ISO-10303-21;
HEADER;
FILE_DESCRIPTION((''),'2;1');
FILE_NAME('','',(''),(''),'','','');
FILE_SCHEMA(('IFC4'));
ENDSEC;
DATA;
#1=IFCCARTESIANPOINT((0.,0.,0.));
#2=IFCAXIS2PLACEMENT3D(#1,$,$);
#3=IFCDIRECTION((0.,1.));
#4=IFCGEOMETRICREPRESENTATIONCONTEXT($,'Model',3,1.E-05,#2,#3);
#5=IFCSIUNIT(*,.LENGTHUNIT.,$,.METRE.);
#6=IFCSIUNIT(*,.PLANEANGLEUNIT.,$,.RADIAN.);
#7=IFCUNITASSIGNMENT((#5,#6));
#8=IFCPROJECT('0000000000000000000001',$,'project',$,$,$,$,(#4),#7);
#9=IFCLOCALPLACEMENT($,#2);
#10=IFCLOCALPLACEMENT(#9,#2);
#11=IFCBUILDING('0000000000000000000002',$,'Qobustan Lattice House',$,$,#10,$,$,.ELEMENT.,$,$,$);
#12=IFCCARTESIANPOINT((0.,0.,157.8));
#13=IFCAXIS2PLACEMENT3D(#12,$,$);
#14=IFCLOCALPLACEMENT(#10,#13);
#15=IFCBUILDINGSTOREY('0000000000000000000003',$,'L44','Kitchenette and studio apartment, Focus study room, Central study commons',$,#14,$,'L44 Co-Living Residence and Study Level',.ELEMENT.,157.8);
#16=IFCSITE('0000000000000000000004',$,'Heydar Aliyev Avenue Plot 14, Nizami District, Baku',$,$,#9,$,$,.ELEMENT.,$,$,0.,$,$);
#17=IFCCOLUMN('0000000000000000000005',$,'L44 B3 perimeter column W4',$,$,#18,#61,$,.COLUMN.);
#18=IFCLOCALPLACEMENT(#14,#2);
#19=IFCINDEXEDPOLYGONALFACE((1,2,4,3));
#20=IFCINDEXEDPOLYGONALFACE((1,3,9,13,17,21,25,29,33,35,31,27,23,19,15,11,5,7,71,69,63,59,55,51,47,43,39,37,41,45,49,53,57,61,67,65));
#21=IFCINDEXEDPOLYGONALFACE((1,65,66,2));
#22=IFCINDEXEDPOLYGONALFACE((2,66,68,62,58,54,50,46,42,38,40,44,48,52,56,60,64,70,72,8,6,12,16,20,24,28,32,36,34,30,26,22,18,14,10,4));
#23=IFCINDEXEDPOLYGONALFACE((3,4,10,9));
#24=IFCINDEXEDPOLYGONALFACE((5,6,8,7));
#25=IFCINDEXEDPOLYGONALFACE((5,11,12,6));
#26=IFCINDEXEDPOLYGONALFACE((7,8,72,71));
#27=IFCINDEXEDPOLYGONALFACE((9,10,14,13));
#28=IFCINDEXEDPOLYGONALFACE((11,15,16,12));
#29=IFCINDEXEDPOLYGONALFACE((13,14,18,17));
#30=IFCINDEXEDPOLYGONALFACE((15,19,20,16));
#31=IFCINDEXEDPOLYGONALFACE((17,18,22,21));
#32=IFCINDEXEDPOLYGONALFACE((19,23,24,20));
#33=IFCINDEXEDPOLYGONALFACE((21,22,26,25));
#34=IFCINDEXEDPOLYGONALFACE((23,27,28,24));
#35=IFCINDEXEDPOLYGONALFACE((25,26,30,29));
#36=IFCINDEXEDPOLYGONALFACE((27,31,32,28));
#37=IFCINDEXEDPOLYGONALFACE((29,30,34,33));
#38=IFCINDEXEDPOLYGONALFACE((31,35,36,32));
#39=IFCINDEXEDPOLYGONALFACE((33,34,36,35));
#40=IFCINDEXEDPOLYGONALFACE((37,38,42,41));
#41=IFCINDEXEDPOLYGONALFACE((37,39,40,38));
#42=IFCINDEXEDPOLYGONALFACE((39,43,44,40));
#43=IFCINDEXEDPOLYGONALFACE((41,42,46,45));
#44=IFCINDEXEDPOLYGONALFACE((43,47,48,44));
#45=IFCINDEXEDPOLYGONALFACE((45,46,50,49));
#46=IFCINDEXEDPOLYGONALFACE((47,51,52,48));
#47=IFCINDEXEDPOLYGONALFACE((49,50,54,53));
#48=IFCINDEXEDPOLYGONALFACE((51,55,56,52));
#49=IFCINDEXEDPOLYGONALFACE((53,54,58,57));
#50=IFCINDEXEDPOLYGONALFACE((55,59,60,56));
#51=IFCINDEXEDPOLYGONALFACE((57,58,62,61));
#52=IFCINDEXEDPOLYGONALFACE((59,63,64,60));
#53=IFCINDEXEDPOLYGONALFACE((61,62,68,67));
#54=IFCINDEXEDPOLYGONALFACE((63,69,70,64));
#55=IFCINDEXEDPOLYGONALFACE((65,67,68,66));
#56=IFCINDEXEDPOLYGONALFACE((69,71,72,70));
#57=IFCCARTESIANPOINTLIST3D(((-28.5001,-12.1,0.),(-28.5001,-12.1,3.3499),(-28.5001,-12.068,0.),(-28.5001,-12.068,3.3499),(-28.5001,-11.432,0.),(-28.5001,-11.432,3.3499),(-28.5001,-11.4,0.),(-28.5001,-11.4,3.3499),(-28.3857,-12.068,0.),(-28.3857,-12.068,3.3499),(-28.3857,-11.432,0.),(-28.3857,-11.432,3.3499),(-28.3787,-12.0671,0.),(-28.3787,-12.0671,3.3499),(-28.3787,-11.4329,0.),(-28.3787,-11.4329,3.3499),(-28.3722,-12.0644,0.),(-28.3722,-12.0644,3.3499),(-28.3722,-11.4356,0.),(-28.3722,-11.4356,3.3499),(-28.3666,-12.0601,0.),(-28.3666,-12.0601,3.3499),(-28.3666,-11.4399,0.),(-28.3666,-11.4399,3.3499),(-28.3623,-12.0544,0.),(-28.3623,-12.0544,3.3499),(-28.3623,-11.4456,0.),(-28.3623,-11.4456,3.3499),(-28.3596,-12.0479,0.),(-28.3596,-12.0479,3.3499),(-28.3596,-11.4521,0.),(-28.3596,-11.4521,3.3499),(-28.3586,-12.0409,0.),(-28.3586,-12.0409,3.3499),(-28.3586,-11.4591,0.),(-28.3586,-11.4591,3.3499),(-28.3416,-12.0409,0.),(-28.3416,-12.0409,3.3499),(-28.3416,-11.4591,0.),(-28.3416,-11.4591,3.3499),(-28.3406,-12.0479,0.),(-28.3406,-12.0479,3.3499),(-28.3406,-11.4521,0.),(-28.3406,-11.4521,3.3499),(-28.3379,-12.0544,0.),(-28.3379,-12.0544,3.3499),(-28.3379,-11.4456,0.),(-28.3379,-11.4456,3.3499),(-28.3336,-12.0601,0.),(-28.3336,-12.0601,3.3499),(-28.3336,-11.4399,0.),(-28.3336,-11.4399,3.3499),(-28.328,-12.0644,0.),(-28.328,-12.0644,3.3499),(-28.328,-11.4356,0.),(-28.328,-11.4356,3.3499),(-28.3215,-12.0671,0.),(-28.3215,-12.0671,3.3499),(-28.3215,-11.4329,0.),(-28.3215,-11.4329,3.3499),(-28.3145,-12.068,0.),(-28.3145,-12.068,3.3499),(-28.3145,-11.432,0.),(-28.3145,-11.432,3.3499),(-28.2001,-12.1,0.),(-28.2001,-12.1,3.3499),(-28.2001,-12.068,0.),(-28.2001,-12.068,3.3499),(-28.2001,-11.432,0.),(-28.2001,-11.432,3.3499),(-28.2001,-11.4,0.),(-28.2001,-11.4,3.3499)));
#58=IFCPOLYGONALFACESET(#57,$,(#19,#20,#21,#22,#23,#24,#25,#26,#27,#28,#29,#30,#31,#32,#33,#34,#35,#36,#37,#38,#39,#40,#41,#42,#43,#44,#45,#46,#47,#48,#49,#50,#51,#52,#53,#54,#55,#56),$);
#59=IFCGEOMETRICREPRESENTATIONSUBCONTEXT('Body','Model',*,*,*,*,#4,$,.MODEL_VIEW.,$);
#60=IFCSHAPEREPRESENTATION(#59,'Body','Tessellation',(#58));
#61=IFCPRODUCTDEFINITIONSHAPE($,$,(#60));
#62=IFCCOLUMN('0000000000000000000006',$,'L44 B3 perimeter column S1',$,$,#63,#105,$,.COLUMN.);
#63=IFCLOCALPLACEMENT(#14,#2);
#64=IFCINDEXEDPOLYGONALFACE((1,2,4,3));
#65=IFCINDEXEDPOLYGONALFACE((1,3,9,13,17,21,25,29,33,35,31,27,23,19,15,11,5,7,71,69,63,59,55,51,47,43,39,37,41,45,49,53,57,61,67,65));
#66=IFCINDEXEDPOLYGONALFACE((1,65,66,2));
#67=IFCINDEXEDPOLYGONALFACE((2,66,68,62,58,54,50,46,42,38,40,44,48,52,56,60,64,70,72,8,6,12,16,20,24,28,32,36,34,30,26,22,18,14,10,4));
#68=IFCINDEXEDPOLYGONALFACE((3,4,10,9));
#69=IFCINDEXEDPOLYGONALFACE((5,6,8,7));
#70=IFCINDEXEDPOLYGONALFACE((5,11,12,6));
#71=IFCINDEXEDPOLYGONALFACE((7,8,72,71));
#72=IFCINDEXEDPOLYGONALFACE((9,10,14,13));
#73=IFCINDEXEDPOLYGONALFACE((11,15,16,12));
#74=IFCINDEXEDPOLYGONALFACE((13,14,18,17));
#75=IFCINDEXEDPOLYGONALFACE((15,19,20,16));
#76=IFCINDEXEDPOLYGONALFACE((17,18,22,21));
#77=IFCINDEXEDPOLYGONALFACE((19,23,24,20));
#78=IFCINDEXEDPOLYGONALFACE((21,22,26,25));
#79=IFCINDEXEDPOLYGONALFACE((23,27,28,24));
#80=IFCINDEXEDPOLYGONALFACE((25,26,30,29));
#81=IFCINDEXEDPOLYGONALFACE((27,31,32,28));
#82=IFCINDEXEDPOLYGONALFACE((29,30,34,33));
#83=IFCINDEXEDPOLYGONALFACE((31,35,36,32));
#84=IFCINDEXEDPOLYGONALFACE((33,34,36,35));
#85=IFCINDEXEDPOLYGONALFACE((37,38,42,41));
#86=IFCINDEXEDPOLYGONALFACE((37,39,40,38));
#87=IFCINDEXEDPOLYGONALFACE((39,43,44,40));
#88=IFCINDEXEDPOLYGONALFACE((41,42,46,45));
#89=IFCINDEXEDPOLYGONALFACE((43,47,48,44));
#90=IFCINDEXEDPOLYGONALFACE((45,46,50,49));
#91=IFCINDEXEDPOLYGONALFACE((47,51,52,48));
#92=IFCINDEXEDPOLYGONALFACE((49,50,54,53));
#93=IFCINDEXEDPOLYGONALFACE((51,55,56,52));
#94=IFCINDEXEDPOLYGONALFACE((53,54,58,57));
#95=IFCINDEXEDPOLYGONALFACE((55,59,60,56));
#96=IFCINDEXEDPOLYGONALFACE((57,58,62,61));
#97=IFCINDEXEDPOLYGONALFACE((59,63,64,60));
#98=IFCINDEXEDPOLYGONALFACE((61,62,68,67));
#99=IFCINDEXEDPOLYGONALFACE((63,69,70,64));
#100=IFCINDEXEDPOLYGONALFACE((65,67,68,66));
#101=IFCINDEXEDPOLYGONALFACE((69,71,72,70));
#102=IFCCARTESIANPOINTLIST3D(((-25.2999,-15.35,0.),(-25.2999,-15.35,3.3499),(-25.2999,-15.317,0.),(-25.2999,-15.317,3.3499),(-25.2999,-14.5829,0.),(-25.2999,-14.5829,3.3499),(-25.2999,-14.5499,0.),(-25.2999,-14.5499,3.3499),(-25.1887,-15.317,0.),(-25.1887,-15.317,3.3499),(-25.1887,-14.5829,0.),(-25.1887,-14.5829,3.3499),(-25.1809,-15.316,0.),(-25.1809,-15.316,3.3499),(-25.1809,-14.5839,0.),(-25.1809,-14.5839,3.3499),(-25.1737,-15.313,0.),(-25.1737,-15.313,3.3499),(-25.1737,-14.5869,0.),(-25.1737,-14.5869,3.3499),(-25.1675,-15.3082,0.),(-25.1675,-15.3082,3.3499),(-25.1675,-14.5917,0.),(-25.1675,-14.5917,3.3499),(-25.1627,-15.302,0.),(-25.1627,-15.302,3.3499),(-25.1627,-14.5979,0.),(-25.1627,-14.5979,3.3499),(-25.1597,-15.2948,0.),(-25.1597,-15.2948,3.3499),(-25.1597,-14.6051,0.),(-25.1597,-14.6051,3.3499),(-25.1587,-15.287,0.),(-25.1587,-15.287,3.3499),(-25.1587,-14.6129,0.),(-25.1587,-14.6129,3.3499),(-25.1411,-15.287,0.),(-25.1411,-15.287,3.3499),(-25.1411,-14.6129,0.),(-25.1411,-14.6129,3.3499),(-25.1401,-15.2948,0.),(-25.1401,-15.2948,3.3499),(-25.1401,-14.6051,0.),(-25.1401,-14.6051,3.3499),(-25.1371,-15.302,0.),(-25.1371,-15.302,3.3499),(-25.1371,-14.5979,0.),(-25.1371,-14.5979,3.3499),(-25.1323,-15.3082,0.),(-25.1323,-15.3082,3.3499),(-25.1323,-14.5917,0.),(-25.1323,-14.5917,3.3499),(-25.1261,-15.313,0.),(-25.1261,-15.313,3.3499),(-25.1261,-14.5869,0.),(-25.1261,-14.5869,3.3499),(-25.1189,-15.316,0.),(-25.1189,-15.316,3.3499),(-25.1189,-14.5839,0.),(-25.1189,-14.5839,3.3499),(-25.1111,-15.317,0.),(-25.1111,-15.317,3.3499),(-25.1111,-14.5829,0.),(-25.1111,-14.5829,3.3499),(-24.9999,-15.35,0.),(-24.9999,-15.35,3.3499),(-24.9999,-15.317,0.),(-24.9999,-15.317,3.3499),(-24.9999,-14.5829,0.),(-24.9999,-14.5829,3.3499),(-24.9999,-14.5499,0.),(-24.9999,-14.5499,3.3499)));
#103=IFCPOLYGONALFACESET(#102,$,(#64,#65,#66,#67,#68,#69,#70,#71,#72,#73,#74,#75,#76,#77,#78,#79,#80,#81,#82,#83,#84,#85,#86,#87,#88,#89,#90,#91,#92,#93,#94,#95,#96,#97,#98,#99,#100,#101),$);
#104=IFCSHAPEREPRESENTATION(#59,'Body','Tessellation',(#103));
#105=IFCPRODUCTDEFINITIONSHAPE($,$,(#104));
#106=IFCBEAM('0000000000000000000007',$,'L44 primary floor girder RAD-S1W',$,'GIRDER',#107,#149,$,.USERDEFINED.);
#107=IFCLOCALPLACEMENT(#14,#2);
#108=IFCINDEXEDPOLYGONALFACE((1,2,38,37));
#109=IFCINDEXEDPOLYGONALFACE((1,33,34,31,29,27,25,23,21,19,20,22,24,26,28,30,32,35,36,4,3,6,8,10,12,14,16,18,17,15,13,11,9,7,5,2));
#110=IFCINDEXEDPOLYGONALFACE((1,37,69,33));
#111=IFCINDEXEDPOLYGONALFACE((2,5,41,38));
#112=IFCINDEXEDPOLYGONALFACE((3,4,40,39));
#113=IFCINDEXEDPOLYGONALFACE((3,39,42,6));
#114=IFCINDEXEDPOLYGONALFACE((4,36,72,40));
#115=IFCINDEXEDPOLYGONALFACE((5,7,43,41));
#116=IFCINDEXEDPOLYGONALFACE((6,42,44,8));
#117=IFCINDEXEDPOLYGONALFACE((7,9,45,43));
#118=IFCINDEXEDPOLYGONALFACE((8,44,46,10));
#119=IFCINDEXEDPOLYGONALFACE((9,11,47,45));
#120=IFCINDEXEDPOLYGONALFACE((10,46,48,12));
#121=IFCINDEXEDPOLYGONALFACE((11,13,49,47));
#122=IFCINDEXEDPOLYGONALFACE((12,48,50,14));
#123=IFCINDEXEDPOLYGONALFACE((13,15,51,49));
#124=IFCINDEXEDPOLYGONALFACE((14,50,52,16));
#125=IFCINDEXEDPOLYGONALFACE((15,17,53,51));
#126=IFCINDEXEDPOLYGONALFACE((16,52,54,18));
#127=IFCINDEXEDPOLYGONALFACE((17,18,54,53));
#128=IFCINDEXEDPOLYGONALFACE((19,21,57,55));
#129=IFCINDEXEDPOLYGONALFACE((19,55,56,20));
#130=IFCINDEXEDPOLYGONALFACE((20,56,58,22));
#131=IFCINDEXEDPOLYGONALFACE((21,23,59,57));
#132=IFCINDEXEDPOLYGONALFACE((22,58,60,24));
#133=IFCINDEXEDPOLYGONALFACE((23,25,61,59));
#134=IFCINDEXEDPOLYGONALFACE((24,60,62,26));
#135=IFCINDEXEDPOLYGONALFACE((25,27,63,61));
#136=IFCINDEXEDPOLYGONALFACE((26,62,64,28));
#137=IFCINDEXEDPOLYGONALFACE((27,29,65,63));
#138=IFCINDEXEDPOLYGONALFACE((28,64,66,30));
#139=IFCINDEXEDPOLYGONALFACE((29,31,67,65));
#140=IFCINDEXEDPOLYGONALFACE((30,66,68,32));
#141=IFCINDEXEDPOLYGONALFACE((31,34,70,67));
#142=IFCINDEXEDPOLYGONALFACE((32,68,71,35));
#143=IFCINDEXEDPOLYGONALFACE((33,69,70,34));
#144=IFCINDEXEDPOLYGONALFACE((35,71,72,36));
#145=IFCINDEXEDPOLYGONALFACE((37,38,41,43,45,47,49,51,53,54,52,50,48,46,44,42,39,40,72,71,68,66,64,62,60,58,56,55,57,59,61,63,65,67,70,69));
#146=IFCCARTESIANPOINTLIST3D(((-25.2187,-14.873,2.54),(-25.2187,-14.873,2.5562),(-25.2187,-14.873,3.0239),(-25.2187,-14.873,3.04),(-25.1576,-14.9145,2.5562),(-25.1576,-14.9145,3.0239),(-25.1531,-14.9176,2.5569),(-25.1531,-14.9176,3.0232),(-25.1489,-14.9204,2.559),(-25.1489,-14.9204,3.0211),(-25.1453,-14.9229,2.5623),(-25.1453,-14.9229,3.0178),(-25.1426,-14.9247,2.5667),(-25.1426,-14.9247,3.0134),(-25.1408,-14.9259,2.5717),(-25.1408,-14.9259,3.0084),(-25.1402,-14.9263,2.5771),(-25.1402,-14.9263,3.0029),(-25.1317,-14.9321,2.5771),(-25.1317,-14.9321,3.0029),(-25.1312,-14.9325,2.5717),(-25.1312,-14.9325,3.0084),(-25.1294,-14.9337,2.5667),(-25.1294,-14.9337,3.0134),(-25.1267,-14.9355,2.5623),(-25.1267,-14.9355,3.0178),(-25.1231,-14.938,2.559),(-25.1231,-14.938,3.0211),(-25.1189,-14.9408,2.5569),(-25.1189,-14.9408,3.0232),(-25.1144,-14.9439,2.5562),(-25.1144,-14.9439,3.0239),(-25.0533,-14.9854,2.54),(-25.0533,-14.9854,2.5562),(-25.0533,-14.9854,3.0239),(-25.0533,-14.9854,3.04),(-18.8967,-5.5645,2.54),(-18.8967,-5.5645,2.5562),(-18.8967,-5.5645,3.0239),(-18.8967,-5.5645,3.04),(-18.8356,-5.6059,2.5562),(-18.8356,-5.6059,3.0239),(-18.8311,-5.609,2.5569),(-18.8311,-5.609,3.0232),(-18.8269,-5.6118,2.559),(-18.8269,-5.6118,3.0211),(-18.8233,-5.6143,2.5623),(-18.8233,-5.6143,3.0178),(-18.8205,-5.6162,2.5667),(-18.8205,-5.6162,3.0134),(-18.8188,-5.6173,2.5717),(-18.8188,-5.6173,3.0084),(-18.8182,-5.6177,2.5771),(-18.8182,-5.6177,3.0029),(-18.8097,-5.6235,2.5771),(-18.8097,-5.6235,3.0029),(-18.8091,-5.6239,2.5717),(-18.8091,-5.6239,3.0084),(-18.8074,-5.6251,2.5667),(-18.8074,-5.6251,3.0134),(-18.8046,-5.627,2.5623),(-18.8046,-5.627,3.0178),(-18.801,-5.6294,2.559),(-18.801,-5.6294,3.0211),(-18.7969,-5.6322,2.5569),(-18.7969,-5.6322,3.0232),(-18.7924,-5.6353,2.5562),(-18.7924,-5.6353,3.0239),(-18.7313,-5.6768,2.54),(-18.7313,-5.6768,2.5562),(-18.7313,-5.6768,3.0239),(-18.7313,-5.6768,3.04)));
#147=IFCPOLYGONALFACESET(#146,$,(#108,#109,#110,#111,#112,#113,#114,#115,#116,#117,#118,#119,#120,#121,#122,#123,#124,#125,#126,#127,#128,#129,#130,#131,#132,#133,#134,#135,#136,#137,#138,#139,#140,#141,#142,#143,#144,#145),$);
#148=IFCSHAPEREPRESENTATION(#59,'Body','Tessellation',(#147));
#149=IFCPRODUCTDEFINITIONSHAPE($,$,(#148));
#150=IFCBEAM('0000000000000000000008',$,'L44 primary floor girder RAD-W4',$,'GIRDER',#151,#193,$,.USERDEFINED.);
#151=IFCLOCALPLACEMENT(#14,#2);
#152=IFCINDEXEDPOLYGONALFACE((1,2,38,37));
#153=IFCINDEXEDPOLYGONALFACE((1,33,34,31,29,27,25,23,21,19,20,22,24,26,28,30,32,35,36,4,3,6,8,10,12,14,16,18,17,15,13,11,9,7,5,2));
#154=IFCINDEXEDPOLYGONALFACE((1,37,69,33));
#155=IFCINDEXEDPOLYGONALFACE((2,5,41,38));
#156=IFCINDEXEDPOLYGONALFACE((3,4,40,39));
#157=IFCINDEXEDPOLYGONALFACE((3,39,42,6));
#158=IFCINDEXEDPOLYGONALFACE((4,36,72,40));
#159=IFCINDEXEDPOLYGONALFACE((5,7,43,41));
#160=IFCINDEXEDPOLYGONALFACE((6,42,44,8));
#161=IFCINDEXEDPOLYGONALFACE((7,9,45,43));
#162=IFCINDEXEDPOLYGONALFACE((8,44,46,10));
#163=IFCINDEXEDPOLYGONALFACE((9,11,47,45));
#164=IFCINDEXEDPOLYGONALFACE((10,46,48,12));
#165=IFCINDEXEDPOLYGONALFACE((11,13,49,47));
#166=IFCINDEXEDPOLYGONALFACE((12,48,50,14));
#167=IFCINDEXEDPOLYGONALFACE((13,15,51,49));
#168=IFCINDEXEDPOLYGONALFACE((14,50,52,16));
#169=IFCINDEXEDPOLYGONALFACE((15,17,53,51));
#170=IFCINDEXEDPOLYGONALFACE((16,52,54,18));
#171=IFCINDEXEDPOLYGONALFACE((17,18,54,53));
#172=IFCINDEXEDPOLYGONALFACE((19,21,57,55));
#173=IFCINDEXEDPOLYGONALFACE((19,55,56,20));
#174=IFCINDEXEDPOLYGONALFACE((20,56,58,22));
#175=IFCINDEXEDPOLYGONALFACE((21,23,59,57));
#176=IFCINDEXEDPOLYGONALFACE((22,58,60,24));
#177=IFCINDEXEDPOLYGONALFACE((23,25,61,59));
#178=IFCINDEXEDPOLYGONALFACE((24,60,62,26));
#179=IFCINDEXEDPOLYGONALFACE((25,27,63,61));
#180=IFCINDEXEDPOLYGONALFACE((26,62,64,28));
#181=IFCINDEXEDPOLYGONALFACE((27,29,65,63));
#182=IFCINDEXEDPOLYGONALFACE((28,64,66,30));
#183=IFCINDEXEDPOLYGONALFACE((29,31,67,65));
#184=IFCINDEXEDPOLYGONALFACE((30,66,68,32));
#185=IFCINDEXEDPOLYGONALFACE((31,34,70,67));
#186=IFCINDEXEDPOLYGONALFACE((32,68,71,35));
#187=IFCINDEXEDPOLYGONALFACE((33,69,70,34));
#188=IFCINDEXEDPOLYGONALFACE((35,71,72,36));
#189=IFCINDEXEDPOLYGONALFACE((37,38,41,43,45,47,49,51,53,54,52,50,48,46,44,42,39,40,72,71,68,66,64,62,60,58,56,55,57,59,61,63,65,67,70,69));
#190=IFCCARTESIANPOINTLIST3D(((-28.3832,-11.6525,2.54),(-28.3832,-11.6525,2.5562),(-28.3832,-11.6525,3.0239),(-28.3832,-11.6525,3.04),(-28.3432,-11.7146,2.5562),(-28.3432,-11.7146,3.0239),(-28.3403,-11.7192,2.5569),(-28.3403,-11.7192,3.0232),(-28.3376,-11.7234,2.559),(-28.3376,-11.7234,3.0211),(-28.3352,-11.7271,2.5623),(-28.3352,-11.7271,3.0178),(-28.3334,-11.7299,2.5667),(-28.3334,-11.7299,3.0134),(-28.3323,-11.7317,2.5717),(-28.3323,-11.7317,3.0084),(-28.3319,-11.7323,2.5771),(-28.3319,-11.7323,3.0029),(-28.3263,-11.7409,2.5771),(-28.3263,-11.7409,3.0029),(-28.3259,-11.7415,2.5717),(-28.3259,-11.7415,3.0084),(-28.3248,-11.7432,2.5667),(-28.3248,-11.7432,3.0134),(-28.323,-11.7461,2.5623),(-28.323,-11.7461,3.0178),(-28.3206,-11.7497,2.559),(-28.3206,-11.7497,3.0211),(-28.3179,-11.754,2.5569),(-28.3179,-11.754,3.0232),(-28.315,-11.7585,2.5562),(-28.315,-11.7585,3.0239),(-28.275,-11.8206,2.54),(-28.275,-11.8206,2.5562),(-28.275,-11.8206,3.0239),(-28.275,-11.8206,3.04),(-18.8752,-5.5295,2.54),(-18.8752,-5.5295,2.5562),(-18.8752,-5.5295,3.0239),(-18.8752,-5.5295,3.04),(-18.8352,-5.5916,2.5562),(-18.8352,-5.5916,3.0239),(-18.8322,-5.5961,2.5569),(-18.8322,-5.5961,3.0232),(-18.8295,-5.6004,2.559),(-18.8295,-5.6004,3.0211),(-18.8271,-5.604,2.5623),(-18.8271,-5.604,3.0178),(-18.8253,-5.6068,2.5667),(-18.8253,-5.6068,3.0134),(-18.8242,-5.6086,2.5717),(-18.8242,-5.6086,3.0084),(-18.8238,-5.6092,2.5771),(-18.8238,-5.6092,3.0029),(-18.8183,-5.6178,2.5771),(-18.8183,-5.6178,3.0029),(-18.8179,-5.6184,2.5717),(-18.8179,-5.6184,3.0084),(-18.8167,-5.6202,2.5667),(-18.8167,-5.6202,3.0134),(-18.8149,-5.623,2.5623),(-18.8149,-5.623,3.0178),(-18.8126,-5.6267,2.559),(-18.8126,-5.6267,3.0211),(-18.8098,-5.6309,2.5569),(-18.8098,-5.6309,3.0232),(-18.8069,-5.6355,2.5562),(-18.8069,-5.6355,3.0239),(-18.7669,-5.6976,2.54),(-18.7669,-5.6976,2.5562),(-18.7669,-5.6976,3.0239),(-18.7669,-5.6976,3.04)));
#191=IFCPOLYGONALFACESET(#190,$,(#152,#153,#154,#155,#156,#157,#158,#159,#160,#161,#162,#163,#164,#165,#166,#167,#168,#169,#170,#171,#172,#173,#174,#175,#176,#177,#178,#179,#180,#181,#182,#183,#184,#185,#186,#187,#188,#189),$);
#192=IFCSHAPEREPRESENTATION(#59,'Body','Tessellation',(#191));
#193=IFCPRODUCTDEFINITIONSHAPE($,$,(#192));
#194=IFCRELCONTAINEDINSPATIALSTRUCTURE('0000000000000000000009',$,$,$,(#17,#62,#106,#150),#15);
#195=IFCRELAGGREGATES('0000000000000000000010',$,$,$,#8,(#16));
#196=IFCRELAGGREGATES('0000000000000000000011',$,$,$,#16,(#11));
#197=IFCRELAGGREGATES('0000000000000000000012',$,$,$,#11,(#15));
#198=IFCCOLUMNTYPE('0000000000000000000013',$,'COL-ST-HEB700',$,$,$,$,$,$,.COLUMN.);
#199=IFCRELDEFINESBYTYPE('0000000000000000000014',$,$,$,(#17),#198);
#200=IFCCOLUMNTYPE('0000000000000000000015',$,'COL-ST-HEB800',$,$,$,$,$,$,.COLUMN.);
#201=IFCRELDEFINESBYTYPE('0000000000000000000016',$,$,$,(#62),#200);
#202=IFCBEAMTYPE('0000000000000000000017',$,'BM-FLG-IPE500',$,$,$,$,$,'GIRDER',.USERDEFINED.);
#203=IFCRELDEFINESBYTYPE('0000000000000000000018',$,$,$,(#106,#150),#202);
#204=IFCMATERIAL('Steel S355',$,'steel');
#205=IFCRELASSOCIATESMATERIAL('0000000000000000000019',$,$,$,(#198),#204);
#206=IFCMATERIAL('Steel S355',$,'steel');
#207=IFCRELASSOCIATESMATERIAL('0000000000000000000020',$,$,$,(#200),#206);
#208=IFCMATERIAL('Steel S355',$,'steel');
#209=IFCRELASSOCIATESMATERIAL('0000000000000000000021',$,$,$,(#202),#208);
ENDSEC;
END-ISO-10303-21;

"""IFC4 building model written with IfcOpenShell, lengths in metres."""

from ifc_helpers import new_model, si_unit, direction, frame, origin, origin_2d, place, context, subcontext, project, spatial, i_section, extrude, material, material_profile, profile_set, type_object, element, save


model = new_model("IFC4")

# Units and contexts
model_context = context("Model", 3, precision=1e-05, world=origin(), true_north=direction((0.0, 1.0)))
body_context = subcontext(model_context, "Body", "Model", "MODEL_VIEW")
ifc_project = project(units=[si_unit("LENGTHUNIT", "METRE"), si_unit("PLANEANGLEUNIT", "RADIAN")], contexts=[model_context])

# Site, building, storey
site_placement = place(None, origin())
site = spatial("IfcSite", under=ifc_project, at=site_placement, Name="Heydar Aliyev Avenue Plot 14, Nizami District, Baku", CompositionType="ELEMENT", RefElevation=0.0)
building_placement = place(site_placement, origin())
building = spatial("IfcBuilding", under=site, at=building_placement, Name="Qobustan Lattice House", CompositionType="ELEMENT")
storey_placement = place(building_placement, frame((0.0, 0.0, 157.8)))
storey = spatial("IfcBuildingStorey", under=building, at=storey_placement, Name="L44", Description="Kitchenette and studio apartment, Focus study room, Central study commons", LongName="L44 Co-Living Residence and Study Level", CompositionType="ELEMENT", Elevation=157.8)

# Columns
ifc_material_1 = material(Name="Steel S355", Category="steel")
ifc_material_profile_1 = material_profile(ifc_material_1, i_section(OverallWidth=0.3, OverallDepth=0.7, WebThickness=0.0171, FlangeThickness=0.032, FilletRadius=0.0271, at=origin_2d()), Name="HEB700")
ifc_profile_set_1 = profile_set([ifc_material_profile_1], Name="Steel S355")
column_type_1 = type_object("IfcColumnType", Name="COL-ST-HEB700", PredefinedType="COLUMN", material=ifc_profile_set_1)
column_1_placement = place(storey_placement, frame((-28.3501, -11.75, 0.0), z_axis=(0.0, 0.0, 1.0), x_axis=(1.0, 0.0, 0.0)))
element("IfcColumn", 1, at=column_1_placement, inside=storey, type_object=column_type_1, Name="L44 B3 perimeter column W4", PredefinedType="COLUMN", context=body_context, shape_type="SweptSolid", body=[
    extrude(i_section(OverallWidth=0.3, OverallDepth=0.7, WebThickness=0.0171, FlangeThickness=0.032, FilletRadius=0.0271, at=origin_2d()), origin(), (0.0, 0.0, 1.0), 3.3499),
])
ifc_material_2 = material(Name="Steel S355", Category="steel")
ifc_material_profile_2 = material_profile(ifc_material_2, i_section(OverallWidth=0.3, OverallDepth=0.8, WebThickness=0.0176, FlangeThickness=0.033, FilletRadius=0.03, at=origin_2d()), Name="HEB800")
ifc_profile_set_2 = profile_set([ifc_material_profile_2], Name="Steel S355")
column_type_2 = type_object("IfcColumnType", Name="COL-ST-HEB800", PredefinedType="COLUMN", material=ifc_profile_set_2)
column_2_placement = place(storey_placement, frame((-25.1499, -14.95, 0.0), z_axis=(0.0, 0.0, 1.0), x_axis=(1.0, 0.0, 0.0)))
element("IfcColumn", 2, at=column_2_placement, inside=storey, type_object=column_type_2, Name="L44 B3 perimeter column S1", PredefinedType="COLUMN", context=body_context, shape_type="SweptSolid", body=[
    extrude(i_section(OverallWidth=0.3, OverallDepth=0.8, WebThickness=0.0176, FlangeThickness=0.033, FilletRadius=0.03, at=origin_2d()), origin(), (0.0, 0.0, 1.0), 3.3499),
])

# Beams
ifc_material_3 = material(Name="Steel S355", Category="steel")
ifc_material_profile_3 = material_profile(ifc_material_3, i_section(OverallWidth=0.2, OverallDepth=0.5, WebThickness=0.0103, FlangeThickness=0.0161, FilletRadius=0.021, at=origin_2d()), Name="IPE500")
ifc_profile_set_3 = profile_set([ifc_material_profile_3], Name="Steel S355")
beam_type_1 = type_object("IfcBeamType", Name="BM-FLG-IPE500", ElementType="GIRDER", PredefinedType="USERDEFINED", material=ifc_profile_set_3)
beam_1_placement = place(storey_placement, frame((-25.136, -14.9292, 2.79), z_axis=(0.561835, 0.82725, 0.0), x_axis=(-0.82725, 0.561835, 0.0)))
element("IfcBeam", 3, at=beam_1_placement, inside=storey, type_object=beam_type_1, Name="L44 primary floor girder RAD-S1W", ObjectType="GIRDER", PredefinedType="USERDEFINED", context=body_context, shape_type="SweptSolid", body=[
    extrude(i_section(OverallWidth=0.2, OverallDepth=0.5, WebThickness=0.0103, FlangeThickness=0.0161, FilletRadius=0.021, at=origin_2d()), origin(), (0.0, 0.0, 1.0), 11.2524),
])
beam_2_placement = place(storey_placement, frame((-28.3291, -11.7366, 2.79), z_axis=(0.840747, 0.541428, 0.0), x_axis=(-0.541428, 0.840747, 0.0)))
element("IfcBeam", 4, at=beam_2_placement, inside=storey, type_object=beam_type_1, Name="L44 primary floor girder RAD-W4", ObjectType="GIRDER", PredefinedType="USERDEFINED", context=body_context, shape_type="SweptSolid", body=[
    extrude(i_section(OverallWidth=0.2, OverallDepth=0.5, WebThickness=0.0103, FlangeThickness=0.0161, FilletRadius=0.021, at=origin_2d()), origin(), (0.0, 0.0, 1.0), 11.3091),
])

save(model, "model.ifc")
